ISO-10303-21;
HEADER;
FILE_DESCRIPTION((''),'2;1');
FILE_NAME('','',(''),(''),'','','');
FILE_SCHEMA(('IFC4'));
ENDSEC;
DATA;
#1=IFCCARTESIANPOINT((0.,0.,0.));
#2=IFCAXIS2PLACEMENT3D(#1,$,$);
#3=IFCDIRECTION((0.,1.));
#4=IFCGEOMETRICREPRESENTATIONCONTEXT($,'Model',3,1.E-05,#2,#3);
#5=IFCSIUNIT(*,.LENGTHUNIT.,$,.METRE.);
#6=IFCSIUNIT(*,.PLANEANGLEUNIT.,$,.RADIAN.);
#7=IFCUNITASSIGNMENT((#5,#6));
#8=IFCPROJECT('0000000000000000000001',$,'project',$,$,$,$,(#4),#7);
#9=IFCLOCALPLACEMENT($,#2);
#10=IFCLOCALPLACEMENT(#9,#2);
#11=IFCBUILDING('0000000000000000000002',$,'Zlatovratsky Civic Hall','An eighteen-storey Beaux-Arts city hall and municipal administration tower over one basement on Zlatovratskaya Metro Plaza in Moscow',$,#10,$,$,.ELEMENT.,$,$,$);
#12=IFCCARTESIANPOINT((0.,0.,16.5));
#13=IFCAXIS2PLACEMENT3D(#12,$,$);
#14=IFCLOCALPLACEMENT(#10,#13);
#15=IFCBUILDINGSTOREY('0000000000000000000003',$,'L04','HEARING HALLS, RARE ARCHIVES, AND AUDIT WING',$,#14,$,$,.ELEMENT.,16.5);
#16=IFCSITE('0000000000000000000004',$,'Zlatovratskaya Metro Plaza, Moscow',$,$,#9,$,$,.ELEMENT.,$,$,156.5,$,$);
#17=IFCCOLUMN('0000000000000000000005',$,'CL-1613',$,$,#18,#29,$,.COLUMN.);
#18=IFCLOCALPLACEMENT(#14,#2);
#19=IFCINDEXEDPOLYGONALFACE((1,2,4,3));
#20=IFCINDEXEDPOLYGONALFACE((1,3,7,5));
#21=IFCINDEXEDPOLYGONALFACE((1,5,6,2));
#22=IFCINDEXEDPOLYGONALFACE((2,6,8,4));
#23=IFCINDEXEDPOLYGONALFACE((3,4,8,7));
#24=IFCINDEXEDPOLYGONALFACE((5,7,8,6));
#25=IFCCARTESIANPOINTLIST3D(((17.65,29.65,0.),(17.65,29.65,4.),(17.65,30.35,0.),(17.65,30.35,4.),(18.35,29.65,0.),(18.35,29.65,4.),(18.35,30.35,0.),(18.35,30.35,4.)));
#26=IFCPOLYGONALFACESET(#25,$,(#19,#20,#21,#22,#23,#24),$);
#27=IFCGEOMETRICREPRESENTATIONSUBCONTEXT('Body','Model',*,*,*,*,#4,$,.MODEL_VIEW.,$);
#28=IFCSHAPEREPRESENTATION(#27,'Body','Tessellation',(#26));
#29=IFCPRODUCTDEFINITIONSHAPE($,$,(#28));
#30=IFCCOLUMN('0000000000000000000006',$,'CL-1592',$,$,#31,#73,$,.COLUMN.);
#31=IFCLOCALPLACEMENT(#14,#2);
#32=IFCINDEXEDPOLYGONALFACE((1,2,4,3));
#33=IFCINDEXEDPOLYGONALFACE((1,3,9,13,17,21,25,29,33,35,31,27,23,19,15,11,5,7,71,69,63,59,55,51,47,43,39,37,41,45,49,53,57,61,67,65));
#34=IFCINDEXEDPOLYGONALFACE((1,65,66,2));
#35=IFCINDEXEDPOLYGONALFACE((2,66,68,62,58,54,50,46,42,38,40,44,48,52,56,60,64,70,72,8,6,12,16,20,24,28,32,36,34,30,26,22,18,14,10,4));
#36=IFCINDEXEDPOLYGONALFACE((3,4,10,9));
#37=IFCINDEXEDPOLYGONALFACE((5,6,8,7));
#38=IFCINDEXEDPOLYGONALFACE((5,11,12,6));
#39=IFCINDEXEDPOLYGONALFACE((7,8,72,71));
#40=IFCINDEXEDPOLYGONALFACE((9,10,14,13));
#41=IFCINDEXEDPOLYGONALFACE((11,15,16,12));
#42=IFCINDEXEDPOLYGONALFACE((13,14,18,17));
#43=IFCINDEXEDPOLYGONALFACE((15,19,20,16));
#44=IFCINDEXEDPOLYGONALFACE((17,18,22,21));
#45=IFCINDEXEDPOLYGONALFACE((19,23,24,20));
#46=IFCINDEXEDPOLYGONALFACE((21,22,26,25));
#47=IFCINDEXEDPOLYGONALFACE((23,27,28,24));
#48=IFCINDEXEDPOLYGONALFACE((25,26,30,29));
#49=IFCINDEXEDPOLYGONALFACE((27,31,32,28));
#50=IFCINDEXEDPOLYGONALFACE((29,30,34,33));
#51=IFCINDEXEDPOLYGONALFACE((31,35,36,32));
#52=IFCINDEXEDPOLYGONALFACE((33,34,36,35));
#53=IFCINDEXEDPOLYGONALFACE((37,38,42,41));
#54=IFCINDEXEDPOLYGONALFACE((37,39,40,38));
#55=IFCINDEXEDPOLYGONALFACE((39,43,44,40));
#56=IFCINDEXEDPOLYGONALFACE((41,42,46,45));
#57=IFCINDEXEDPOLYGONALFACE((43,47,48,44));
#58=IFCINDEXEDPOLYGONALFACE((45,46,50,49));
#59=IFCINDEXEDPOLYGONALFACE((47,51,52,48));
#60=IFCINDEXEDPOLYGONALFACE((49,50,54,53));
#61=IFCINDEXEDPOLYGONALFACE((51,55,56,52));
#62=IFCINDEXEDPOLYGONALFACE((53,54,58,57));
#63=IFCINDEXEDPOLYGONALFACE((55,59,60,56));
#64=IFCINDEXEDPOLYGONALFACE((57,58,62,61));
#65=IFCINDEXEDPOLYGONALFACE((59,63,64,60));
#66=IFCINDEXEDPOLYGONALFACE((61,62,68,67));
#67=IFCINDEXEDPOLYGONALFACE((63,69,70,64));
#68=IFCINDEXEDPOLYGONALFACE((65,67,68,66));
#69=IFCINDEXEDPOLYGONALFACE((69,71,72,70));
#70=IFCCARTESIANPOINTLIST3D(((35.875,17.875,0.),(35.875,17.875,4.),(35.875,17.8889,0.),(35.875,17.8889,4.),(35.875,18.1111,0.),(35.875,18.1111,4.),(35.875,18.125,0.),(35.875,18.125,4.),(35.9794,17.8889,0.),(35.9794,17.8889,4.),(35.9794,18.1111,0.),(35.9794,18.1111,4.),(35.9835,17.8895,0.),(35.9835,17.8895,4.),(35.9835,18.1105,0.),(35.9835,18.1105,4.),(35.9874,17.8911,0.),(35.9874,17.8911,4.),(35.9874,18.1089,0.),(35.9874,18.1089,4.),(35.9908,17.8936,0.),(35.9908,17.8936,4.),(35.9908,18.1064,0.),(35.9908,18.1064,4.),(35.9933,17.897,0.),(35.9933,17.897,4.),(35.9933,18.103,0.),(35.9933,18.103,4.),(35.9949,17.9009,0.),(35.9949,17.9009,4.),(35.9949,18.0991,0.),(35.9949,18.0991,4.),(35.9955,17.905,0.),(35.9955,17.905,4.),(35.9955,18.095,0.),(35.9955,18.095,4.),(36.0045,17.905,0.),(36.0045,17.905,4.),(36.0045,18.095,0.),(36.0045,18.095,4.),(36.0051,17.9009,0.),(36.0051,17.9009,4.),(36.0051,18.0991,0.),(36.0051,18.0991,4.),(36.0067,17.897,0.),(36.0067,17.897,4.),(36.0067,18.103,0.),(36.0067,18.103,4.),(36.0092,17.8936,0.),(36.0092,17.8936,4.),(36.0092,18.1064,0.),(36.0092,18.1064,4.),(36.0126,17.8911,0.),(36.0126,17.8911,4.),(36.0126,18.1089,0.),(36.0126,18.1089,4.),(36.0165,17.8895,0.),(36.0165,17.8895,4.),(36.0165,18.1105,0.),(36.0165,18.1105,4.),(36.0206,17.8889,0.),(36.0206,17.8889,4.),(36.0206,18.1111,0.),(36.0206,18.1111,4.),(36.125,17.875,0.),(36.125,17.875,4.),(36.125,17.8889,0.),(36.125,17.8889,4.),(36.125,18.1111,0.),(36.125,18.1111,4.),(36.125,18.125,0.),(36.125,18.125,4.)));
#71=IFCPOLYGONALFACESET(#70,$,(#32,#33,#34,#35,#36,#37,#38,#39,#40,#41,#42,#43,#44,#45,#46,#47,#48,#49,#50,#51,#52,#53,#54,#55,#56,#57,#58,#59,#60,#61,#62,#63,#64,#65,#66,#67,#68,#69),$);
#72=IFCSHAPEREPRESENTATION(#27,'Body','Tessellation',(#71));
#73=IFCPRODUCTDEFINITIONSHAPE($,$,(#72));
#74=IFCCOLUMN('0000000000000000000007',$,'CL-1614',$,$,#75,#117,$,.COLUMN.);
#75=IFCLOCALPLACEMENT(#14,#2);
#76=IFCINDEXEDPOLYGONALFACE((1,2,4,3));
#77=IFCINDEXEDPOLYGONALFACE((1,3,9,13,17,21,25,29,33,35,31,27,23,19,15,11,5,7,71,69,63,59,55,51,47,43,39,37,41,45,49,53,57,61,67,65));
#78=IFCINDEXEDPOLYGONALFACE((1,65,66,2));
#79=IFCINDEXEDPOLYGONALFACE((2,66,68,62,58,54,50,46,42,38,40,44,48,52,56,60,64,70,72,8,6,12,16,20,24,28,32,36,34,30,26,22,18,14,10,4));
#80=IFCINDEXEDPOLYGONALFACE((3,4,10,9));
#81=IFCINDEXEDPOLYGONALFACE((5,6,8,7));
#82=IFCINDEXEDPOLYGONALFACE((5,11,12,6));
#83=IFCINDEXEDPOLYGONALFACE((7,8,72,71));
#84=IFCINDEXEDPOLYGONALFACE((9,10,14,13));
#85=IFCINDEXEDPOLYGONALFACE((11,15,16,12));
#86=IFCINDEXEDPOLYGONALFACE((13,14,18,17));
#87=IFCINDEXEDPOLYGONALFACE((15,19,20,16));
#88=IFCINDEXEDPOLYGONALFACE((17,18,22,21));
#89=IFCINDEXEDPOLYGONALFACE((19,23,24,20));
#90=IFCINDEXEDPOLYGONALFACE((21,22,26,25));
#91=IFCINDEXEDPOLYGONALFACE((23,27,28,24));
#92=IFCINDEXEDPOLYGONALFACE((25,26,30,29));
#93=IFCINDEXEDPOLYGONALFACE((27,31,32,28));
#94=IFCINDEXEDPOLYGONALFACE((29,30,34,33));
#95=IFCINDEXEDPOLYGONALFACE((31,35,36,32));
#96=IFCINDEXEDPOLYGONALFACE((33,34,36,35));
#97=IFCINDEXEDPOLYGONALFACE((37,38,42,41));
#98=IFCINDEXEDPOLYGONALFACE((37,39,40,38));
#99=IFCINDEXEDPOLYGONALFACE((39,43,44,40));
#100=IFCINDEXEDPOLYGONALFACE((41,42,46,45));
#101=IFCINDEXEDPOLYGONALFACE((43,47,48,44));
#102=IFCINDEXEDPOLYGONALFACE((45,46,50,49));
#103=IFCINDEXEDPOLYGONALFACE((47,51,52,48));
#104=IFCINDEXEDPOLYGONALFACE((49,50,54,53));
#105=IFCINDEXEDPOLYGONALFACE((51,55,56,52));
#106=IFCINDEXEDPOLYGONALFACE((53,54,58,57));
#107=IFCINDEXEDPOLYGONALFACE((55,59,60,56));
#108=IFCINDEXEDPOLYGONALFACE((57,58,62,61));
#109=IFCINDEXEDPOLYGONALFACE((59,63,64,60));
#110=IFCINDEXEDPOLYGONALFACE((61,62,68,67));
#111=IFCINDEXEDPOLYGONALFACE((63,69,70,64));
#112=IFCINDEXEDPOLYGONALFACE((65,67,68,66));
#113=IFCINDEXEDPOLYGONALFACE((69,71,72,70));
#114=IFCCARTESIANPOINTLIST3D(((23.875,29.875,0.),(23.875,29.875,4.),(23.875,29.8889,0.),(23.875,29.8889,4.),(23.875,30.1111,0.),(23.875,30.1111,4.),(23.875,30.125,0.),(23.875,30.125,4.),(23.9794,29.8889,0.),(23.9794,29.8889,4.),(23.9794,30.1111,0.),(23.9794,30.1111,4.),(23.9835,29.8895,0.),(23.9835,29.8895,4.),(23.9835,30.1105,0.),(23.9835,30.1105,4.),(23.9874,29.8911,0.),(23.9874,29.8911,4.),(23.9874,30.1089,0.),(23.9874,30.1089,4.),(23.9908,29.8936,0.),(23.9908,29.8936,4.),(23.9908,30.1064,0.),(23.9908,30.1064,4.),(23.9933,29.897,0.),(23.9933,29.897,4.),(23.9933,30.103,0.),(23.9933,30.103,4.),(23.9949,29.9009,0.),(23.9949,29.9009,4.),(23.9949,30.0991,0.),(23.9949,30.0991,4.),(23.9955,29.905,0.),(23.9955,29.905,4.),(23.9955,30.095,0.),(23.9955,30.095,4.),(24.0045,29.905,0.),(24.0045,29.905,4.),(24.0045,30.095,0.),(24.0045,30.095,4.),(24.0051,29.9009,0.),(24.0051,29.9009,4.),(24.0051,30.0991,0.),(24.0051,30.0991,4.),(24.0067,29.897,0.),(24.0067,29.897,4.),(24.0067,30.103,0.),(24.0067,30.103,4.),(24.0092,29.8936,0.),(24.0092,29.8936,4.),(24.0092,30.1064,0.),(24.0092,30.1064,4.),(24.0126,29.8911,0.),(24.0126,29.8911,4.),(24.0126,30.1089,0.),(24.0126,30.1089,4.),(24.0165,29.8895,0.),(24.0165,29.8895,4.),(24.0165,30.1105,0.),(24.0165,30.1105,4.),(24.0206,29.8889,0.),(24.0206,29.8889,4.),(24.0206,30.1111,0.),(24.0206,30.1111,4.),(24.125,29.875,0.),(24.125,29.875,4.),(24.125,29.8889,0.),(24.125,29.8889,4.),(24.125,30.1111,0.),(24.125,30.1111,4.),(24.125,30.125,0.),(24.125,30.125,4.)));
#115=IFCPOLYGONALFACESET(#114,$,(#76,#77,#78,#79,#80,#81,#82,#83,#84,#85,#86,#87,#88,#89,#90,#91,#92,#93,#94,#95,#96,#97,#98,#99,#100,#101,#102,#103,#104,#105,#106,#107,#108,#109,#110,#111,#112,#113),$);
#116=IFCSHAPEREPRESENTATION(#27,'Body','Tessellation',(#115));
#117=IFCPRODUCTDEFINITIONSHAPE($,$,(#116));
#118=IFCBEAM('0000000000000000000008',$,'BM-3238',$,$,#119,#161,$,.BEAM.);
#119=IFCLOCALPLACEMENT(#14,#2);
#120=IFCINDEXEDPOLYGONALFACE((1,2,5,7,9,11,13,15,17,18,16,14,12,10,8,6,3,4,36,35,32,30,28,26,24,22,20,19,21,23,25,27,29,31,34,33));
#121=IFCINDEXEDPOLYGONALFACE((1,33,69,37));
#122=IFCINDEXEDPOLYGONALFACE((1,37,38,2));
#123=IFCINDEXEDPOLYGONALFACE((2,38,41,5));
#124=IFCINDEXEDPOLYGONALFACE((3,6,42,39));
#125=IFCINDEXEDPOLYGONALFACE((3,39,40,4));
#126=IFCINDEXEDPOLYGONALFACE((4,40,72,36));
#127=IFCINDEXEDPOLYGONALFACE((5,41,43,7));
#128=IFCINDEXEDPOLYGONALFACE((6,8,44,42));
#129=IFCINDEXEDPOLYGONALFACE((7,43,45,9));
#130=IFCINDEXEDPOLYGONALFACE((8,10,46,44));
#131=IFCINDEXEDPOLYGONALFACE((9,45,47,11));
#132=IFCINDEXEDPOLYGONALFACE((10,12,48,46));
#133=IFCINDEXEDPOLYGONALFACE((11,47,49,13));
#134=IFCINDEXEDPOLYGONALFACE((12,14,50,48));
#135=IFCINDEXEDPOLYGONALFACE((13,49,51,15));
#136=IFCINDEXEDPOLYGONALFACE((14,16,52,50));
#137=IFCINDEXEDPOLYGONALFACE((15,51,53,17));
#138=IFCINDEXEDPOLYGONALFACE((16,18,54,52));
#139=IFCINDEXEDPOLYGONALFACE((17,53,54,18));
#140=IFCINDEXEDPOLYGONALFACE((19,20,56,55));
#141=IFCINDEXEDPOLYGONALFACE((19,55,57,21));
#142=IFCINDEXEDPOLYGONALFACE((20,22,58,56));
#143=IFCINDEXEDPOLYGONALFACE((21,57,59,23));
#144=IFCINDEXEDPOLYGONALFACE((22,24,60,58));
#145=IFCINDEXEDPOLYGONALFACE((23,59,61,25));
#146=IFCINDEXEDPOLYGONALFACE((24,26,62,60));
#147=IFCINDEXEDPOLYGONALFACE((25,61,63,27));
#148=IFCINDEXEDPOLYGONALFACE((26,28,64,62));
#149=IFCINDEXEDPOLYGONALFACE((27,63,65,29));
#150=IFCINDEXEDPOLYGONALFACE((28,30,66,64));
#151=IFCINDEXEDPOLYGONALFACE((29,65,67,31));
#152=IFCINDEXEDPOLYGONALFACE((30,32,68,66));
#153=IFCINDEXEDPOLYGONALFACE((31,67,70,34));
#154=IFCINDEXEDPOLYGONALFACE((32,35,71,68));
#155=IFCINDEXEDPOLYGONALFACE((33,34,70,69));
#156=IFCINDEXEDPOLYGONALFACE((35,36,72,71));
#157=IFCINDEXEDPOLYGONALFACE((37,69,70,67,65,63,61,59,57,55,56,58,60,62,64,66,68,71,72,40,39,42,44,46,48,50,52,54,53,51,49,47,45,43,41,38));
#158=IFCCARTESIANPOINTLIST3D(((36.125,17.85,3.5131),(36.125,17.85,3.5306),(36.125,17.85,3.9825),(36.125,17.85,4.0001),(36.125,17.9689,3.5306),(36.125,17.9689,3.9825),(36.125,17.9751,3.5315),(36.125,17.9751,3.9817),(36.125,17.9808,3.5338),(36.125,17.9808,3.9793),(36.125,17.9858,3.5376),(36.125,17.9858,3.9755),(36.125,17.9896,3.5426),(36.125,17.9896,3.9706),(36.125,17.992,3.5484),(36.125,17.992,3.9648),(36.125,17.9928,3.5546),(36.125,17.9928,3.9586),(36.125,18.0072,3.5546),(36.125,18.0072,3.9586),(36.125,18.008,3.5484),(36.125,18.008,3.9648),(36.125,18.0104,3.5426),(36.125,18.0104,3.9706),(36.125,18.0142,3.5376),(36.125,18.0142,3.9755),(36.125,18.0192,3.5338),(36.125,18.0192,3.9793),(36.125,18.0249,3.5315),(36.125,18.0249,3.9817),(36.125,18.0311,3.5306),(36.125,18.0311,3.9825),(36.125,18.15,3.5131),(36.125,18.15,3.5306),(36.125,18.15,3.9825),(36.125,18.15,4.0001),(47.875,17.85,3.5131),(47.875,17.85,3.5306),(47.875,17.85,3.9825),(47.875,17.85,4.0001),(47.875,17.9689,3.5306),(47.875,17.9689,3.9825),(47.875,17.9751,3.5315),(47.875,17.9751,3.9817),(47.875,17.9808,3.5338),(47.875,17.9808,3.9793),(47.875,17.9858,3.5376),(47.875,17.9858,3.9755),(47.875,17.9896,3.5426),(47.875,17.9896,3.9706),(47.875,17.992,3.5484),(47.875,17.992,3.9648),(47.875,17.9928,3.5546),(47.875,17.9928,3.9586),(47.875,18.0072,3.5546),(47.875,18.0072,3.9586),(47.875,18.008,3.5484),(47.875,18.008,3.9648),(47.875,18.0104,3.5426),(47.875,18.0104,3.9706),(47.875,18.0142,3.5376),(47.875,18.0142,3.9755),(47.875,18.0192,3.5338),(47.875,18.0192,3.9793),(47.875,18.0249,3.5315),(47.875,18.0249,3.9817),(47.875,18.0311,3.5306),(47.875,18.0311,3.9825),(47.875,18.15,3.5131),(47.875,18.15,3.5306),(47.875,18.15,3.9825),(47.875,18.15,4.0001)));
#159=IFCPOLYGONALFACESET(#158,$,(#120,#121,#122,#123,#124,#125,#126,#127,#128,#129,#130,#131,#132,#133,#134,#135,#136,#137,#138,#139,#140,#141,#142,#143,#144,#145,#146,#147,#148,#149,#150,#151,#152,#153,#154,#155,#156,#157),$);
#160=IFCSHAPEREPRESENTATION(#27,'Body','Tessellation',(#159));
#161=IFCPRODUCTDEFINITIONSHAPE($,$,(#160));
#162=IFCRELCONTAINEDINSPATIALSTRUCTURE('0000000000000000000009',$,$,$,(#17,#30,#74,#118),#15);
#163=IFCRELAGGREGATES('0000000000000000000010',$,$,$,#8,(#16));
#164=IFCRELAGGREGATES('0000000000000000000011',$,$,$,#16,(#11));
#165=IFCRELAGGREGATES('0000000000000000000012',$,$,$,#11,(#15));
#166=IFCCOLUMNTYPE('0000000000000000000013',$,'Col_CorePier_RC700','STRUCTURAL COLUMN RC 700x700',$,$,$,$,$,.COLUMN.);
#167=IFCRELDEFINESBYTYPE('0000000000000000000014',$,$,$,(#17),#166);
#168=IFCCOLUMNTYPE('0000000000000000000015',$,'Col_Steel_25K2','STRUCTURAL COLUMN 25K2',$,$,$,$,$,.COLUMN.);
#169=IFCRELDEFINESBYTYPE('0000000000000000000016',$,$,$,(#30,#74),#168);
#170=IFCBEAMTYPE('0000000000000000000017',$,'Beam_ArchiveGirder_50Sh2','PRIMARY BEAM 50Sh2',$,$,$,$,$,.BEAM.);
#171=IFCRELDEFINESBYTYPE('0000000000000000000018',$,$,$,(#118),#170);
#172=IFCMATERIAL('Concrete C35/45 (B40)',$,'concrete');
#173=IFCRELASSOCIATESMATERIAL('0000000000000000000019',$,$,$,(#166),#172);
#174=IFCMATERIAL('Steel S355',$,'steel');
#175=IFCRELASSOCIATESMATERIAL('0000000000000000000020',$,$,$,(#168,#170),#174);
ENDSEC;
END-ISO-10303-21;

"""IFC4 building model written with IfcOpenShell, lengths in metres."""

from ifc_helpers import new_model, si_unit, direction, frame, origin, origin_2d, place, context, subcontext, project, spatial, rectangle, i_section, extrude, material, material_profile, profile_set, type_object, element, save


model = new_model("IFC4")

# Units and contexts
model_context = context("Model", 3, precision=1e-05, world=origin(), true_north=direction((0.0, 1.0)))
body_context = subcontext(model_context, "Body", "Model", "MODEL_VIEW")
ifc_project = project(units=[si_unit("LENGTHUNIT", "METRE"), si_unit("PLANEANGLEUNIT", "RADIAN")], contexts=[model_context])

# Site, building, storey
site_placement = place(None, origin())
site = spatial("IfcSite", under=ifc_project, at=site_placement, Name="Zlatovratskaya Metro Plaza, Moscow", CompositionType="ELEMENT", RefElevation=156.5)
building_placement = place(site_placement, origin())
building = spatial("IfcBuilding", under=site, at=building_placement, Name="Zlatovratsky Civic Hall", Description="An eighteen-storey Beaux-Arts city hall and municipal administration tower over one basement on Zlatovratskaya Metro Plaza in Moscow", CompositionType="ELEMENT")
storey_placement = place(building_placement, frame((0.0, 0.0, 16.5)))
storey = spatial("IfcBuildingStorey", under=building, at=storey_placement, Name="L04", Description="HEARING HALLS, RARE ARCHIVES, AND AUDIT WING", CompositionType="ELEMENT", Elevation=16.5)

# Columns
ifc_material_1 = material(Name="Concrete C35/45 (B40)", Category="concrete")
ifc_material_profile_1 = material_profile(ifc_material_1, rectangle(XDim=0.7, YDim=0.7, at=origin_2d()), Name="RC 700x700")
ifc_profile_set_1 = profile_set([ifc_material_profile_1], Name="Concrete C35/45 (B40)")
column_type_1 = type_object("IfcColumnType", Name="Col_CorePier_RC700", Description="STRUCTURAL COLUMN RC 700x700", PredefinedType="COLUMN", material=ifc_profile_set_1)
column_placement = place(storey_placement, frame((18.0, 30.0, 0.0), z_axis=(0.0, 0.0, 1.0), x_axis=(1.0, 0.0, 0.0)))
element("IfcColumn", 1, at=column_placement, inside=storey, type_object=column_type_1, Name="CL-1613", PredefinedType="COLUMN", context=body_context, shape_type="SweptSolid", body=[
    extrude(rectangle(XDim=0.7, YDim=0.7, at=origin_2d()), origin(), (0.0, 0.0, 1.0), 4.0),
])
ifc_material_2 = material(Name="Steel S355", Category="steel")
ifc_material_profile_2 = material_profile(ifc_material_2, i_section(OverallWidth=0.25, OverallDepth=0.25, WebThickness=0.009, FlangeThickness=0.0139, FilletRadius=0.0161, at=origin_2d()), Name="25K2")
ifc_profile_set_2 = profile_set([ifc_material_profile_2], Name="Steel S355")
column_type_2 = type_object("IfcColumnType", Name="Col_Steel_25K2", Description="STRUCTURAL COLUMN 25K2", PredefinedType="COLUMN", material=ifc_profile_set_2)
for number, where, z_axis, x_axis, name in (
    (2, (36.0, 18.0, 0.0), (0.0, 0.0, 1.0), (1.0, 0.0, 0.0), "CL-1592"),
    (3, (24.0, 30.0, 0.0), (0.0, 0.0, 1.0), (1.0, 0.0, 0.0), "CL-1614"),
):
    element("IfcColumn", number, at=place(storey_placement, frame(where, z_axis=z_axis, x_axis=x_axis)), inside=storey, type_object=column_type_2, Name=name, PredefinedType="COLUMN", context=body_context, shape_type="SweptSolid", body=[
        extrude(i_section(OverallWidth=0.25, OverallDepth=0.25, WebThickness=0.009, FlangeThickness=0.0139, FilletRadius=0.0161, at=origin_2d()), origin(), (0.0, 0.0, 1.0), 4.0),
    ])

# Beam
ifc_material_profile_3 = material_profile(ifc_material_2, i_section(OverallWidth=0.3, OverallDepth=0.4871, WebThickness=0.0144, FlangeThickness=0.0176, FilletRadius=0.0239, at=origin_2d()), Name="50Sh2")
ifc_profile_set_3 = profile_set([ifc_material_profile_3], Name="Steel S355")
beam_type_1 = type_object("IfcBeamType", Name="Beam_ArchiveGirder_50Sh2", Description="PRIMARY BEAM 50Sh2", PredefinedType="BEAM", material=ifc_profile_set_3)
for number, where, z_axis, x_axis, name in (
    (4, (36.125, 18.0, 3.7566), (1.0, 0.0, 0.0), (0.0, 1.0, 0.0), "BM-3238"),
):
    element("IfcBeam", number, at=place(storey_placement, frame(where, z_axis=z_axis, x_axis=x_axis)), inside=storey, type_object=beam_type_1, Name=name, PredefinedType="BEAM", context=body_context, shape_type="SweptSolid", body=[
        extrude(i_section(OverallWidth=0.3, OverallDepth=0.4871, WebThickness=0.0144, FlangeThickness=0.0176, FilletRadius=0.0239, at=origin_2d()), origin(), (0.0, 0.0, 1.0), 11.75),
    ])

save(model, "model.ifc")
